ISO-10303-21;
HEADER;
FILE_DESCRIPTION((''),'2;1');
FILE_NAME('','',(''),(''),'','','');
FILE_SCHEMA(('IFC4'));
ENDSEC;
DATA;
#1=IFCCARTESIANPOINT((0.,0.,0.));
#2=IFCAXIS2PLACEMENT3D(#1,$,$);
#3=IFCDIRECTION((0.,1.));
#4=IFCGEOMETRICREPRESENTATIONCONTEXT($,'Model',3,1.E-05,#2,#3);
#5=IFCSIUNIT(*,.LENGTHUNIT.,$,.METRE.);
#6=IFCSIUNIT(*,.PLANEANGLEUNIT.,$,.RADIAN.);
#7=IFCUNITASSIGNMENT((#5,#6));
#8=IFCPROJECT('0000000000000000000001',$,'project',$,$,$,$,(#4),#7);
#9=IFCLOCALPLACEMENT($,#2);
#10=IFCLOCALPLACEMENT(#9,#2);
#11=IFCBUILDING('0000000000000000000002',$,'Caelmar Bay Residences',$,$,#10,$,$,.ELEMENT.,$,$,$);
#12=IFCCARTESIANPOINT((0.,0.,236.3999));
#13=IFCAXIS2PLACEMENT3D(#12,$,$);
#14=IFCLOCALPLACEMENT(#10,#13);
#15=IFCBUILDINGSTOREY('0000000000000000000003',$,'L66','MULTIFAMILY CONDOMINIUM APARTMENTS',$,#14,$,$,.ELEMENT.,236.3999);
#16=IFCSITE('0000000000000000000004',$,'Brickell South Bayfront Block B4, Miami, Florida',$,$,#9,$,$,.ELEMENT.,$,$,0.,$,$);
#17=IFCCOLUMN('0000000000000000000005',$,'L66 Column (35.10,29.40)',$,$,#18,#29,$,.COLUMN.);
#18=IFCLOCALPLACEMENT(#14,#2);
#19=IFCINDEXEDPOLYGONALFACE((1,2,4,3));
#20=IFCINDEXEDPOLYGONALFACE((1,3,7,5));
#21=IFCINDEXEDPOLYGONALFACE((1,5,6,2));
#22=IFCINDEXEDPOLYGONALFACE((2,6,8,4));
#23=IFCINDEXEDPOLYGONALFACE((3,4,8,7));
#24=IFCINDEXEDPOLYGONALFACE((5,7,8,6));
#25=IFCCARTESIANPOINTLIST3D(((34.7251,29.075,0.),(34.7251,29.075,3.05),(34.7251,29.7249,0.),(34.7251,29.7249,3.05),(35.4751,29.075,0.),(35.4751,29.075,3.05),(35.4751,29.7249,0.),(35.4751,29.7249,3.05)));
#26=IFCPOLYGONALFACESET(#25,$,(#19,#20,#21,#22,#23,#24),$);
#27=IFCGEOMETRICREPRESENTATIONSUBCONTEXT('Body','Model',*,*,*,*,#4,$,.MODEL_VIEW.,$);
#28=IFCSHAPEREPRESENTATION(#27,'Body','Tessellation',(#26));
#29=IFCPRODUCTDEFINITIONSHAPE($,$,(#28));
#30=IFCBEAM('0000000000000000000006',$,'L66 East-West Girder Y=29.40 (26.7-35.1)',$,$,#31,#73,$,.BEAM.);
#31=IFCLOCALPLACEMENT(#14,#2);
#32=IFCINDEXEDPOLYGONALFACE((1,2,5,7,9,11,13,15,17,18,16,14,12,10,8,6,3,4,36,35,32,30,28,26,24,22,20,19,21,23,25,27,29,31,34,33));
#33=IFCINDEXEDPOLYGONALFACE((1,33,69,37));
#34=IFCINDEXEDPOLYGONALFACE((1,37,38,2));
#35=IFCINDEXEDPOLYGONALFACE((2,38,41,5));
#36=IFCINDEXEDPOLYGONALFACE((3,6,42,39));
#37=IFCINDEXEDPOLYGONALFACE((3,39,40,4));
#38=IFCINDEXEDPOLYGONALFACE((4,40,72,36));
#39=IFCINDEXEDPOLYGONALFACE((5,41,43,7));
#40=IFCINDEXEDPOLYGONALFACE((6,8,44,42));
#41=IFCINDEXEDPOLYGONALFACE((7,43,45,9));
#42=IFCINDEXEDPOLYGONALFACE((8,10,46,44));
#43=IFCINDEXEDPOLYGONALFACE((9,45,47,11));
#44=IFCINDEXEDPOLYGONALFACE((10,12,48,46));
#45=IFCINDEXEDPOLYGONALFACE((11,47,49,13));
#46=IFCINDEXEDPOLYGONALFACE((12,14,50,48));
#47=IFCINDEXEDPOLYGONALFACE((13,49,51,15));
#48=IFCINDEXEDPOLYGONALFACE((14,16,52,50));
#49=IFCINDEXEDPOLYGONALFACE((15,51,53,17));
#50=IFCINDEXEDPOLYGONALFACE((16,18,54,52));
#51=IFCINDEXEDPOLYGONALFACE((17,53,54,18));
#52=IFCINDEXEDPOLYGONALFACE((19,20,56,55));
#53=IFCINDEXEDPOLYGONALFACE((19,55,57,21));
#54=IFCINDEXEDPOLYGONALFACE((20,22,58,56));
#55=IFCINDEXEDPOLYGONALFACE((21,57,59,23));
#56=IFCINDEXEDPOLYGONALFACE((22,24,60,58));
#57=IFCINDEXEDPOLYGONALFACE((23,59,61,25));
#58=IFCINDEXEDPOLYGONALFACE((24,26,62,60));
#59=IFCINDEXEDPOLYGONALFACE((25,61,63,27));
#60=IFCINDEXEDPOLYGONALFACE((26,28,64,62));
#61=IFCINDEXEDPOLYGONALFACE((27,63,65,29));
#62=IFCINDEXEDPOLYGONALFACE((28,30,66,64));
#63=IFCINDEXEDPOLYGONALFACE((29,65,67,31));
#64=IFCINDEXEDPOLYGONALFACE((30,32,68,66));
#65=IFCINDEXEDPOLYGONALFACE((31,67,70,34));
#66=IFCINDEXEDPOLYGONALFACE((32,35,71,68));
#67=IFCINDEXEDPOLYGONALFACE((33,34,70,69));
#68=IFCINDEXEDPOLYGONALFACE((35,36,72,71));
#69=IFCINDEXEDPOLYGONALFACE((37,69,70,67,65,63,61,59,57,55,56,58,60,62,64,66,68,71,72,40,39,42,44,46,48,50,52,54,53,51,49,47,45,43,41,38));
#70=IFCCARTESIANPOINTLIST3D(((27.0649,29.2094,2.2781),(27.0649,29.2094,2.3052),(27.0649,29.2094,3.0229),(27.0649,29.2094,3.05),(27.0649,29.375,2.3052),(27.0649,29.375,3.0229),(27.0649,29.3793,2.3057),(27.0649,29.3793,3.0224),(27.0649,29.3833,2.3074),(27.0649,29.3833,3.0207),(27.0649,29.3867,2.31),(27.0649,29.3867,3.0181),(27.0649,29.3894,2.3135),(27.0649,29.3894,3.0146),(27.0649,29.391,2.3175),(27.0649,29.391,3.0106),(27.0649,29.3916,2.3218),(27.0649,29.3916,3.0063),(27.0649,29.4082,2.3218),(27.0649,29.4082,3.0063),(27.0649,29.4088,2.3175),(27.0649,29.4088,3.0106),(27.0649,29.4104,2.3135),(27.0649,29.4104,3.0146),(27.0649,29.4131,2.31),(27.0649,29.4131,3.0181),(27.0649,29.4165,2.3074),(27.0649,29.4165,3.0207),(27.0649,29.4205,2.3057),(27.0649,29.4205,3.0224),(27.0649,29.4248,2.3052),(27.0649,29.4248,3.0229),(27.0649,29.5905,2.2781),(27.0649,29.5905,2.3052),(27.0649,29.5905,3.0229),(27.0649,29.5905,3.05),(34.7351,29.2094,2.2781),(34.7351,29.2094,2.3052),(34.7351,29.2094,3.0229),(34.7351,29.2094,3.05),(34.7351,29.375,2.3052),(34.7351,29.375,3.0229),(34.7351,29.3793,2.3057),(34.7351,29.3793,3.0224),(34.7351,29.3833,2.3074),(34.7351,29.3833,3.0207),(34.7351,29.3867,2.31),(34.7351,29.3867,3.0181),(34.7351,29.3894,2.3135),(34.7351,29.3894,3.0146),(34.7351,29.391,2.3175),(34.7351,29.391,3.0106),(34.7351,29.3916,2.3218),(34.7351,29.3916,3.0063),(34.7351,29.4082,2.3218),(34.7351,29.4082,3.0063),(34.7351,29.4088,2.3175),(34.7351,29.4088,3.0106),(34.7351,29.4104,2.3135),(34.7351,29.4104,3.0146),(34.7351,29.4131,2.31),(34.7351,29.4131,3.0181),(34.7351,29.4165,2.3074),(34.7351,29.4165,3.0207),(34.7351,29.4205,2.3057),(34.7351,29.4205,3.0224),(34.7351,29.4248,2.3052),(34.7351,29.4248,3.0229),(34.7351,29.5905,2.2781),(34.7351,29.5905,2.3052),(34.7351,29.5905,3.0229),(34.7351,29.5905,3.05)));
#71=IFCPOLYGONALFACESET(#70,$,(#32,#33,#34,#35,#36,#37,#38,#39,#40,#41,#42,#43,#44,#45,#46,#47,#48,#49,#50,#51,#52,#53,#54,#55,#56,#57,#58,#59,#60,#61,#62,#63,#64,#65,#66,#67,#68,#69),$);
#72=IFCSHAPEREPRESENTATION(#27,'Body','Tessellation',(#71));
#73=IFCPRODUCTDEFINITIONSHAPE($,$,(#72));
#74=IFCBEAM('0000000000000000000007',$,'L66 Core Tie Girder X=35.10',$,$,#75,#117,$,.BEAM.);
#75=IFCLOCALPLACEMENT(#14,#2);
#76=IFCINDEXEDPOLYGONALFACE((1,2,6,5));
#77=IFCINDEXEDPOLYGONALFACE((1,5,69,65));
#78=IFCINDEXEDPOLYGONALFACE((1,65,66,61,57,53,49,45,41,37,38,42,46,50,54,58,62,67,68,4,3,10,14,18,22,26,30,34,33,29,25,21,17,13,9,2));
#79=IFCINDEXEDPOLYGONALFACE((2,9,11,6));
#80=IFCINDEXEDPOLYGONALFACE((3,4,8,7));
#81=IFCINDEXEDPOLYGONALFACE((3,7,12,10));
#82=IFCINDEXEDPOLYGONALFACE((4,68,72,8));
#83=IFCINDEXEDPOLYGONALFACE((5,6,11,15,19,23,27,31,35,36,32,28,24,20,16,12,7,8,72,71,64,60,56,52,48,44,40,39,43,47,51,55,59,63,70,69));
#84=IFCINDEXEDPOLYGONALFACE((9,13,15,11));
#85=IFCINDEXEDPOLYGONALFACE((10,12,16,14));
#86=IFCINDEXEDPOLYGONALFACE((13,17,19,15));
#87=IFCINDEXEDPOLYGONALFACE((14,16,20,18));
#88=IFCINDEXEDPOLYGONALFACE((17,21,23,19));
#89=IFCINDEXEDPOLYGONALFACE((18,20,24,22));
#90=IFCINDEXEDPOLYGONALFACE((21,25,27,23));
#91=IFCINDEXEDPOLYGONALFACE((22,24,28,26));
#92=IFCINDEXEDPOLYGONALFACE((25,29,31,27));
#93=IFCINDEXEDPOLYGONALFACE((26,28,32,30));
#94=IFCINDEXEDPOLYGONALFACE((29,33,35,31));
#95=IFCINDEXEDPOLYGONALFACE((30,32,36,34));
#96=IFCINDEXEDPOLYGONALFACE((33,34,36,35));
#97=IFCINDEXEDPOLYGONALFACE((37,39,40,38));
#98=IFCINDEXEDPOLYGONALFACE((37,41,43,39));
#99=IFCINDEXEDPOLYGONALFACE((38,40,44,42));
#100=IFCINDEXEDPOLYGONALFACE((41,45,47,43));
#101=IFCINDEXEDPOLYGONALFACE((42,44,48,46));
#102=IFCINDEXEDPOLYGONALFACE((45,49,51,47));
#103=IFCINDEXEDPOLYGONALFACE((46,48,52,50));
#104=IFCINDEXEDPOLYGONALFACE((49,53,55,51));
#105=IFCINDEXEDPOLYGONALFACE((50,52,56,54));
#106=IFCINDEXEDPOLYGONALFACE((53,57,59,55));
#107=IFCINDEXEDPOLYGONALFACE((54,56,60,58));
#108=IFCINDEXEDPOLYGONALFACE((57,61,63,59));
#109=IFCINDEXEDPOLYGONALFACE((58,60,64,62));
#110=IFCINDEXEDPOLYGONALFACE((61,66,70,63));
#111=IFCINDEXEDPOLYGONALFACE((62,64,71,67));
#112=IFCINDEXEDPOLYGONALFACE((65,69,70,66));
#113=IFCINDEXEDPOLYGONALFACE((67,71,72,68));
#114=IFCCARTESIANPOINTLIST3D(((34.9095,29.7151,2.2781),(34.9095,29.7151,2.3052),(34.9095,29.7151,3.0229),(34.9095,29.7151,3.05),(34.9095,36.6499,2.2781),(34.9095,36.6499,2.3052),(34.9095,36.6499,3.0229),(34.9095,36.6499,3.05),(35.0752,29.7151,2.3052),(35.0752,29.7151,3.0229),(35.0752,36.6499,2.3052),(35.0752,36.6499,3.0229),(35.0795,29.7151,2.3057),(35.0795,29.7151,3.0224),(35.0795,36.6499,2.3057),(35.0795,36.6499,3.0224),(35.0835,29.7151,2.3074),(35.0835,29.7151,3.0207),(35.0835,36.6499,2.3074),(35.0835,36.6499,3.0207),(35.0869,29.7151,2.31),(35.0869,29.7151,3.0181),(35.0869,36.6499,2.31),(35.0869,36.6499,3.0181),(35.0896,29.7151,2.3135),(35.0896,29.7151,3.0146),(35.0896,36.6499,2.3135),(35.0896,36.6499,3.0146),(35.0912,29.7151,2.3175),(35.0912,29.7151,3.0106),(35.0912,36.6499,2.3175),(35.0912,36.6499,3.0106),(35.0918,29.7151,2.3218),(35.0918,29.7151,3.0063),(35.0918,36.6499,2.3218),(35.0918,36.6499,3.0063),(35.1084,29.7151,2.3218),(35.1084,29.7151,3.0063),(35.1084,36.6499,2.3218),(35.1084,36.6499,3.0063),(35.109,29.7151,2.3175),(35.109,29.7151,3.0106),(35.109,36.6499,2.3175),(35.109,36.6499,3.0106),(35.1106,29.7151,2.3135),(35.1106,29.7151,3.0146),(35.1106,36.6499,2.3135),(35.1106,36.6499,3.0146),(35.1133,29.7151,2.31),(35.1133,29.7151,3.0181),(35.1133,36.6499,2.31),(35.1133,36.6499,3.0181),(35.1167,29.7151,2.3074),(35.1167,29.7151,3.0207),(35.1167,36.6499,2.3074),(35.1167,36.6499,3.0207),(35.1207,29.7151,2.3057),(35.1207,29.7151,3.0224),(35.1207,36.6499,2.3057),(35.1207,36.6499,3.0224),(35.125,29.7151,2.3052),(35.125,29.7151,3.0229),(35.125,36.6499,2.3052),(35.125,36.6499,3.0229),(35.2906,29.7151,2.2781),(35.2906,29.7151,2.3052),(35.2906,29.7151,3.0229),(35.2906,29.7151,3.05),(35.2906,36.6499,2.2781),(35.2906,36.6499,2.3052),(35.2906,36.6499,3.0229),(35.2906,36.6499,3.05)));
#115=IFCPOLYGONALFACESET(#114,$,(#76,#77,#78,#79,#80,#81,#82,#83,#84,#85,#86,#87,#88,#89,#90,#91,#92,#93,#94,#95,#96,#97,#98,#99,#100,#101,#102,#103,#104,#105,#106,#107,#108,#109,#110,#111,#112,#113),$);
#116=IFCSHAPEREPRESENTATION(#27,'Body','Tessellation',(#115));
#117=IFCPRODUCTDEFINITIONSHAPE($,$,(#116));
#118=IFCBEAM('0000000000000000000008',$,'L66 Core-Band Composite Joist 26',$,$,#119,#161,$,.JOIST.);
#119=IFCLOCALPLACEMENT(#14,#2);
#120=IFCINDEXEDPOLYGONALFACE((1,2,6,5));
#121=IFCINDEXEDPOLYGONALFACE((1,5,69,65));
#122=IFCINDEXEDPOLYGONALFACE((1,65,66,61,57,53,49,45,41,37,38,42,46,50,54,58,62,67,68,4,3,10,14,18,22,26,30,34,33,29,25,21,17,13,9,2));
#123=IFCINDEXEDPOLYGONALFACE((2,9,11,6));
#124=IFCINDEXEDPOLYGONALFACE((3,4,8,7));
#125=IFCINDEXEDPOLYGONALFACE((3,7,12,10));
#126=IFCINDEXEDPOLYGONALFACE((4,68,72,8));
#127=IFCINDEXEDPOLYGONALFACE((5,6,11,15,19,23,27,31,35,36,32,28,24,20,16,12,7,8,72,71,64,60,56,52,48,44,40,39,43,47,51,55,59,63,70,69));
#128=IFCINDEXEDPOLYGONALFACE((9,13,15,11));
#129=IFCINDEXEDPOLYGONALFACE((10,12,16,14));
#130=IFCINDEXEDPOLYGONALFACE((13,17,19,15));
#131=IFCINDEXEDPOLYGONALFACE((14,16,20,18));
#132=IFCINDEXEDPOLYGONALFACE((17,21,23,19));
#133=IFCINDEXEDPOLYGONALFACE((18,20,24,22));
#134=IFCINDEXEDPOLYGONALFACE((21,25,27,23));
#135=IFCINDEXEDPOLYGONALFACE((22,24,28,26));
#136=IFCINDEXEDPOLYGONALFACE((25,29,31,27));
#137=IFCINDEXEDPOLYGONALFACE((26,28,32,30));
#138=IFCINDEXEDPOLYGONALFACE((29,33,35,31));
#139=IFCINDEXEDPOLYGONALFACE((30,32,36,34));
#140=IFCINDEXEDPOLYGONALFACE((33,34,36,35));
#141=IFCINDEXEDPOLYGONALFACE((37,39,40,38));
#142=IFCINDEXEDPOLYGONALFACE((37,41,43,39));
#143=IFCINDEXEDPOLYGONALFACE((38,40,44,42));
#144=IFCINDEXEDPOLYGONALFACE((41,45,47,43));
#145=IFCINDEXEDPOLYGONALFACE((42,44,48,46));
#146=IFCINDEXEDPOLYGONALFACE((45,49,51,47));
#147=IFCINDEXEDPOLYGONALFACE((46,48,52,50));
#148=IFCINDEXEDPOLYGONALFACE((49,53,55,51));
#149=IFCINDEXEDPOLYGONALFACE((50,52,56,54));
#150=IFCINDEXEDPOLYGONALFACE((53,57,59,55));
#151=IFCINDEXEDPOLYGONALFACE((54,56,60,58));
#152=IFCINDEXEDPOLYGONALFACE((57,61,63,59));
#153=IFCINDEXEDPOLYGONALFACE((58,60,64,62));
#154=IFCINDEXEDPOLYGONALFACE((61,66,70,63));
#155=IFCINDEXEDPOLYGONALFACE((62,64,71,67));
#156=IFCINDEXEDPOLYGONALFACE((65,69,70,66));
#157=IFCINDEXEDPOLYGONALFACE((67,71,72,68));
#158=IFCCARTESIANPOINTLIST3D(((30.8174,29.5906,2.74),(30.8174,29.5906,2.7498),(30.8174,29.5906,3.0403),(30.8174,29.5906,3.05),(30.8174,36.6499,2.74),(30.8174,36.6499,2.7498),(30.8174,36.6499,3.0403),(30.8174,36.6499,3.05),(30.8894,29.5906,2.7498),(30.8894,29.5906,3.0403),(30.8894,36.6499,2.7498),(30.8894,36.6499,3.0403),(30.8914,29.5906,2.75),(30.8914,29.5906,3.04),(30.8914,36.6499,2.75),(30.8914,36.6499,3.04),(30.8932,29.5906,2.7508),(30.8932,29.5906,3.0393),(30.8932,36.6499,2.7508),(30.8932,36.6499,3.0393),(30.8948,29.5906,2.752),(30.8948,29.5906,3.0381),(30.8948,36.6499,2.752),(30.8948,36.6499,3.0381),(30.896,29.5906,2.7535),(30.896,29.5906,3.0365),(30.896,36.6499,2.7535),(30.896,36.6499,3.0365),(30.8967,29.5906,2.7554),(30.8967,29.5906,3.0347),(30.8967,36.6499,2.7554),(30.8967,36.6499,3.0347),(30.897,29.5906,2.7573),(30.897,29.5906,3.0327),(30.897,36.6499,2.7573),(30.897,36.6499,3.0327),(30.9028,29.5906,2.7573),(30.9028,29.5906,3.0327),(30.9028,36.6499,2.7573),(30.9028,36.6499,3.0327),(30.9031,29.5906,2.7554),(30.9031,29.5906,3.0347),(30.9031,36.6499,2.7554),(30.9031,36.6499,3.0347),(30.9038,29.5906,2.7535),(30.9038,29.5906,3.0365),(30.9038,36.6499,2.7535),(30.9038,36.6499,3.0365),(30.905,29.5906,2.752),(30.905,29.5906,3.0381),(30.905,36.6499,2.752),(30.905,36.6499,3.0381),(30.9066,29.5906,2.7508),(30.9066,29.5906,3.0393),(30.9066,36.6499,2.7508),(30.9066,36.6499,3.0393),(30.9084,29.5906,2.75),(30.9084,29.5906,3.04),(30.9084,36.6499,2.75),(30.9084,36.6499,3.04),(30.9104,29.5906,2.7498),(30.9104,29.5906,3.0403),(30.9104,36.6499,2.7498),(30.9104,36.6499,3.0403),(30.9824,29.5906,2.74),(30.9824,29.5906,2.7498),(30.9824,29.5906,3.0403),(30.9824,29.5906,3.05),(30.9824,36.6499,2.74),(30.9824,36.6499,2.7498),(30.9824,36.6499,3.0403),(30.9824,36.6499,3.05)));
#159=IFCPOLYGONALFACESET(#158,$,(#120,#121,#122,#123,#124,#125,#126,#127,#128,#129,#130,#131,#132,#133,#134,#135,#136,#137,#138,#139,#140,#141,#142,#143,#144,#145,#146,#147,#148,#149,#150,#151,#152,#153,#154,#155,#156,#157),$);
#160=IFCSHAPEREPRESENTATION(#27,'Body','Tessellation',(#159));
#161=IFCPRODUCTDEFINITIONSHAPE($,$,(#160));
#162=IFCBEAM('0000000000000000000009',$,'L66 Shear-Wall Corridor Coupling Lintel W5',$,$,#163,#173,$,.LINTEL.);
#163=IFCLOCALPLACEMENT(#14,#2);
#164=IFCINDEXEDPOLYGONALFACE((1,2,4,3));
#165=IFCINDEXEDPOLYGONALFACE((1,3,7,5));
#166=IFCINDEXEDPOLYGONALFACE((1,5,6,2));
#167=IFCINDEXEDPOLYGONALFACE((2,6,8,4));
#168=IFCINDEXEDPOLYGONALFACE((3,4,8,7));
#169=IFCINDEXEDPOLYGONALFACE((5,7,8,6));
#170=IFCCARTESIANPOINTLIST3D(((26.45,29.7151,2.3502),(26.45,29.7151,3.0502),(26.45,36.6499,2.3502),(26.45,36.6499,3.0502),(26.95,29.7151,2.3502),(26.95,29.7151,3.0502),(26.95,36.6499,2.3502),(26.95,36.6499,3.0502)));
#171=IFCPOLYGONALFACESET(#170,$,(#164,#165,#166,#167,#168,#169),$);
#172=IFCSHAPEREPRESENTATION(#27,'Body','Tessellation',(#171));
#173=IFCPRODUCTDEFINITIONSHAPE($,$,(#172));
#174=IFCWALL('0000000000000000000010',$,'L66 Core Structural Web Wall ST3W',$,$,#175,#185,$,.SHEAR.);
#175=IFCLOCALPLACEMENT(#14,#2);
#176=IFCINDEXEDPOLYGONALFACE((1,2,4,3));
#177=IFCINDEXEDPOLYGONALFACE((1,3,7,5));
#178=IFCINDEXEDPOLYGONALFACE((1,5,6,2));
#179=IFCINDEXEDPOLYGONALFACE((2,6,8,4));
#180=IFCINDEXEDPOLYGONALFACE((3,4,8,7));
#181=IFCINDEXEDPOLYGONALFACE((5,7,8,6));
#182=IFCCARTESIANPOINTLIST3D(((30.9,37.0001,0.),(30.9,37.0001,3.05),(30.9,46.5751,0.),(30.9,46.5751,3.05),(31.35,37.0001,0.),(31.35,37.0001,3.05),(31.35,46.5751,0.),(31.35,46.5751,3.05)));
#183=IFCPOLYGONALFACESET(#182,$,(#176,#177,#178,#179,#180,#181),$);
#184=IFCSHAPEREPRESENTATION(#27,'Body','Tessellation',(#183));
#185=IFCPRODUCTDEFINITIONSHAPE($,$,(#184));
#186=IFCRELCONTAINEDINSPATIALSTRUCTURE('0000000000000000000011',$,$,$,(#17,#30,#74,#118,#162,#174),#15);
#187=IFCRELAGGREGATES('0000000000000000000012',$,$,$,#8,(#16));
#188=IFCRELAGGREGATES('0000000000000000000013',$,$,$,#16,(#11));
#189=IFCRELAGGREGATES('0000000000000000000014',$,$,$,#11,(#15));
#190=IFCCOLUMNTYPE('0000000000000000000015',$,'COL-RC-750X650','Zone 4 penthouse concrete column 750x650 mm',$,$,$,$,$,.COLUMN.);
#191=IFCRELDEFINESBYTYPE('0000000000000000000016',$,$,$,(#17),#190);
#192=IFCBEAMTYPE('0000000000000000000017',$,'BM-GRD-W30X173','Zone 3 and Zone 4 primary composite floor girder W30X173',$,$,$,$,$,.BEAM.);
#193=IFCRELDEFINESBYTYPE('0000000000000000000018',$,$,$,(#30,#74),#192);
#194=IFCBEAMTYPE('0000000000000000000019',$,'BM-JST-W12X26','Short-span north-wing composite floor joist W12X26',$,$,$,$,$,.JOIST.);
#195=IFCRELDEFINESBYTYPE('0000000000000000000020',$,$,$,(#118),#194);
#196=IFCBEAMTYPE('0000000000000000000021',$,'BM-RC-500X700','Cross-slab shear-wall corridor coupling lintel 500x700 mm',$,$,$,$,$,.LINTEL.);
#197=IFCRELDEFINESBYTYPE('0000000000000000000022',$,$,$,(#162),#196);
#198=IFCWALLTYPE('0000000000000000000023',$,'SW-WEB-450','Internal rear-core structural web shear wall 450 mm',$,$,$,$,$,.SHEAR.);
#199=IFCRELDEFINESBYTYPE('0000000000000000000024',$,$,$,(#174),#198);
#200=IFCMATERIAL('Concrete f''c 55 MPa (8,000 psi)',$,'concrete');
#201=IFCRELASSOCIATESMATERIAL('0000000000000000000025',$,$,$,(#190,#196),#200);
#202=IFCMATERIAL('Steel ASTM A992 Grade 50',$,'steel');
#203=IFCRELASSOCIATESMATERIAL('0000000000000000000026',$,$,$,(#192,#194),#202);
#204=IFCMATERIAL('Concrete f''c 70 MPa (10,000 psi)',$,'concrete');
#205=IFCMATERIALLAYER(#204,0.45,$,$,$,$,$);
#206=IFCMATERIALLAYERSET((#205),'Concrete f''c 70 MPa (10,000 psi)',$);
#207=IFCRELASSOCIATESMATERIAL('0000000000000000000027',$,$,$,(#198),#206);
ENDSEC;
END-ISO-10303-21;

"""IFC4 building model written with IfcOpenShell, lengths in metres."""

from ifc_helpers import new_model, si_unit, direction, frame, frame_2d, origin, origin_2d, place, context, subcontext, project, spatial, rectangle, i_section, extrude, material, layer, layer_set, material_profile, profile_set, type_object, element, save


model = new_model("IFC4")

# Units and contexts
model_context = context("Model", 3, precision=1e-05, world=origin(), true_north=direction((0.0, 1.0)))
body_context = subcontext(model_context, "Body", "Model", "MODEL_VIEW")
ifc_project = project(units=[si_unit("LENGTHUNIT", "METRE"), si_unit("PLANEANGLEUNIT", "RADIAN")], contexts=[model_context])

# Site, building, storey
site_placement = place(None, origin())
site = spatial("IfcSite", under=ifc_project, at=site_placement, Name="Brickell South Bayfront Block B4, Miami, Florida", CompositionType="ELEMENT", RefElevation=0.0)
building_placement = place(site_placement, origin())
building = spatial("IfcBuilding", under=site, at=building_placement, Name="Caelmar Bay Residences", CompositionType="ELEMENT")
storey_placement = place(building_placement, frame((0.0, 0.0, 236.3999)))
storey = spatial("IfcBuildingStorey", under=building, at=storey_placement, Name="L66", Description="MULTIFAMILY CONDOMINIUM APARTMENTS", CompositionType="ELEMENT", Elevation=236.3999)

# Column
ifc_material_1 = material(Name="Concrete f'c 55 MPa (8,000 psi)", Category="concrete")
ifc_material_profile_1 = material_profile(ifc_material_1, rectangle(XDim=0.75, YDim=0.6499, at=origin_2d()), Name="RC-COL-750X650")
ifc_profile_set_1 = profile_set([ifc_material_profile_1], Name="Concrete f'c 55 MPa (8,000 psi)")
column_type = type_object("IfcColumnType", Name="COL-RC-750X650", Description="Zone 4 penthouse concrete column 750x650 mm", PredefinedType="COLUMN", material=ifc_profile_set_1)
column_placement = place(storey_placement, frame((35.1001, 29.3999, 0.0), z_axis=(0.0, 0.0, 1.0), x_axis=(1.0, 0.0, 0.0)))
element("IfcColumn", 1, at=column_placement, inside=storey, type_object=column_type, Name="L66 Column (35.10,29.40)", PredefinedType="COLUMN", context=body_context, shape_type="SweptSolid", body=[
    extrude(rectangle(XDim=0.75, YDim=0.6499, at=origin_2d()), origin(), (0.0, 0.0, 1.0), 3.05),
])

# Beams
ifc_material_2 = material(Name="Steel ASTM A992 Grade 50", Category="steel")
ifc_material_profile_2 = material_profile(ifc_material_2, i_section(OverallWidth=0.3811, OverallDepth=0.772, WebThickness=0.0166, FlangeThickness=0.0271, FilletRadius=0.0166, at=origin_2d()), Name="W30X173")
ifc_profile_set_2 = profile_set([ifc_material_profile_2], Name="Steel ASTM A992 Grade 50")
beam_type_1 = type_object("IfcBeamType", Name="BM-GRD-W30X173", Description="Zone 3 and Zone 4 primary composite floor girder W30X173", PredefinedType="BEAM", material=ifc_profile_set_2)
beam_1_placement = place(storey_placement, frame((27.0649, 29.3999, 2.6641), z_axis=(1.0, 0.0, 0.0), x_axis=(0.0, 1.0, 0.0)))
element("IfcBeam", 2, at=beam_1_placement, inside=storey, type_object=beam_type_1, Name="L66 East-West Girder Y=29.40 (26.7-35.1)", PredefinedType="BEAM", context=body_context, shape_type="SweptSolid", body=[
    extrude(i_section(OverallWidth=0.3811, OverallDepth=0.772, WebThickness=0.0166, FlangeThickness=0.0271, FilletRadius=0.0166, at=origin_2d()), origin(), (0.0, 0.0, 1.0), 7.6702),
])
beam_2_placement = place(storey_placement, frame((35.1001, 29.7151, 2.6641), z_axis=(0.0, 1.0, 0.0), x_axis=(-1.0, 0.0, 0.0)))
element("IfcBeam", 3, at=beam_2_placement, inside=storey, type_object=beam_type_1, Name="L66 Core Tie Girder X=35.10", PredefinedType="BEAM", context=body_context, shape_type="SweptSolid", body=[
    extrude(i_section(OverallWidth=0.3811, OverallDepth=0.772, WebThickness=0.0166, FlangeThickness=0.0271, FilletRadius=0.0166, at=origin_2d()), origin(), (0.0, 0.0, 1.0), 6.9348),
])
ifc_material_profile_3 = material_profile(ifc_material_2, i_section(OverallWidth=0.165, OverallDepth=0.3101, WebThickness=0.0059, FlangeThickness=0.0098, FilletRadius=0.0076, at=origin_2d()), Name="W12X26")
ifc_profile_set_3 = profile_set([ifc_material_profile_3], Name="Steel ASTM A992 Grade 50")
beam_type_2 = type_object("IfcBeamType", Name="BM-JST-W12X26", Description="Short-span north-wing composite floor joist W12X26", PredefinedType="JOIST", material=ifc_profile_set_3)
beam_3_placement = place(storey_placement, frame((30.8999, 29.5906, 2.895), z_axis=(0.0, 1.0, 0.0), x_axis=(-1.0, 0.0, 0.0)))
element("IfcBeam", 4, at=beam_3_placement, inside=storey, type_object=beam_type_2, Name="L66 Core-Band Composite Joist 26", PredefinedType="JOIST", context=body_context, shape_type="SweptSolid", body=[
    extrude(i_section(OverallWidth=0.165, OverallDepth=0.3101, WebThickness=0.0059, FlangeThickness=0.0098, FilletRadius=0.0076, at=origin_2d()), origin(), (0.0, 0.0, 1.0), 7.0593),
])
ifc_material_profile_4 = material_profile(ifc_material_1, rectangle(XDim=0.5, YDim=0.7, at=origin_2d()), Name="RC-BM-500X700")
ifc_profile_set_4 = profile_set([ifc_material_profile_4], Name="Concrete f'c 55 MPa (8,000 psi)")
beam_type_3 = type_object("IfcBeamType", Name="BM-RC-500X700", Description="Cross-slab shear-wall corridor coupling lintel 500x700 mm", PredefinedType="LINTEL", material=ifc_profile_set_4)
beam_4_placement = place(storey_placement, frame((26.7, 29.7151, 2.7002), z_axis=(0.0, 1.0, 0.0), x_axis=(-1.0, 0.0, 0.0)))
element("IfcBeam", 5, at=beam_4_placement, inside=storey, type_object=beam_type_3, Name="L66 Shear-Wall Corridor Coupling Lintel W5", PredefinedType="LINTEL", context=body_context, shape_type="SweptSolid", body=[
    extrude(rectangle(XDim=0.5, YDim=0.7, at=origin_2d()), origin(), (0.0, 0.0, 1.0), 6.9348),
])

# Wall
ifc_material_3 = material(Name="Concrete f'c 70 MPa (10,000 psi)", Category="concrete")
ifc_layer_1 = layer(ifc_material_3, 0.45)
ifc_layer_set_1 = layer_set([ifc_layer_1], Name="Concrete f'c 70 MPa (10,000 psi)")
wall_type_1 = type_object("IfcWallType", Name="SW-WEB-450", Description="Internal rear-core structural web shear wall 450 mm", PredefinedType="SHEAR", material=ifc_layer_set_1)
wall_1_placement = place(storey_placement, frame((31.125, 37.0, 0.0), z_axis=(0.0, 0.0, 1.0), x_axis=(0.0, 1.0, 0.0)))
element("IfcWall", 6, at=wall_1_placement, inside=storey, type_object=wall_type_1, Name="L66 Core Structural Web Wall ST3W", PredefinedType="SHEAR", context=body_context, shape_type="SweptSolid", body=[
    extrude(rectangle(XDim=9.575, YDim=0.45, at=frame_2d((4.7876, 0.0))), origin(), (0.0, 0.0, 1.0), 3.05),
])

save(model, "model.ifc")
